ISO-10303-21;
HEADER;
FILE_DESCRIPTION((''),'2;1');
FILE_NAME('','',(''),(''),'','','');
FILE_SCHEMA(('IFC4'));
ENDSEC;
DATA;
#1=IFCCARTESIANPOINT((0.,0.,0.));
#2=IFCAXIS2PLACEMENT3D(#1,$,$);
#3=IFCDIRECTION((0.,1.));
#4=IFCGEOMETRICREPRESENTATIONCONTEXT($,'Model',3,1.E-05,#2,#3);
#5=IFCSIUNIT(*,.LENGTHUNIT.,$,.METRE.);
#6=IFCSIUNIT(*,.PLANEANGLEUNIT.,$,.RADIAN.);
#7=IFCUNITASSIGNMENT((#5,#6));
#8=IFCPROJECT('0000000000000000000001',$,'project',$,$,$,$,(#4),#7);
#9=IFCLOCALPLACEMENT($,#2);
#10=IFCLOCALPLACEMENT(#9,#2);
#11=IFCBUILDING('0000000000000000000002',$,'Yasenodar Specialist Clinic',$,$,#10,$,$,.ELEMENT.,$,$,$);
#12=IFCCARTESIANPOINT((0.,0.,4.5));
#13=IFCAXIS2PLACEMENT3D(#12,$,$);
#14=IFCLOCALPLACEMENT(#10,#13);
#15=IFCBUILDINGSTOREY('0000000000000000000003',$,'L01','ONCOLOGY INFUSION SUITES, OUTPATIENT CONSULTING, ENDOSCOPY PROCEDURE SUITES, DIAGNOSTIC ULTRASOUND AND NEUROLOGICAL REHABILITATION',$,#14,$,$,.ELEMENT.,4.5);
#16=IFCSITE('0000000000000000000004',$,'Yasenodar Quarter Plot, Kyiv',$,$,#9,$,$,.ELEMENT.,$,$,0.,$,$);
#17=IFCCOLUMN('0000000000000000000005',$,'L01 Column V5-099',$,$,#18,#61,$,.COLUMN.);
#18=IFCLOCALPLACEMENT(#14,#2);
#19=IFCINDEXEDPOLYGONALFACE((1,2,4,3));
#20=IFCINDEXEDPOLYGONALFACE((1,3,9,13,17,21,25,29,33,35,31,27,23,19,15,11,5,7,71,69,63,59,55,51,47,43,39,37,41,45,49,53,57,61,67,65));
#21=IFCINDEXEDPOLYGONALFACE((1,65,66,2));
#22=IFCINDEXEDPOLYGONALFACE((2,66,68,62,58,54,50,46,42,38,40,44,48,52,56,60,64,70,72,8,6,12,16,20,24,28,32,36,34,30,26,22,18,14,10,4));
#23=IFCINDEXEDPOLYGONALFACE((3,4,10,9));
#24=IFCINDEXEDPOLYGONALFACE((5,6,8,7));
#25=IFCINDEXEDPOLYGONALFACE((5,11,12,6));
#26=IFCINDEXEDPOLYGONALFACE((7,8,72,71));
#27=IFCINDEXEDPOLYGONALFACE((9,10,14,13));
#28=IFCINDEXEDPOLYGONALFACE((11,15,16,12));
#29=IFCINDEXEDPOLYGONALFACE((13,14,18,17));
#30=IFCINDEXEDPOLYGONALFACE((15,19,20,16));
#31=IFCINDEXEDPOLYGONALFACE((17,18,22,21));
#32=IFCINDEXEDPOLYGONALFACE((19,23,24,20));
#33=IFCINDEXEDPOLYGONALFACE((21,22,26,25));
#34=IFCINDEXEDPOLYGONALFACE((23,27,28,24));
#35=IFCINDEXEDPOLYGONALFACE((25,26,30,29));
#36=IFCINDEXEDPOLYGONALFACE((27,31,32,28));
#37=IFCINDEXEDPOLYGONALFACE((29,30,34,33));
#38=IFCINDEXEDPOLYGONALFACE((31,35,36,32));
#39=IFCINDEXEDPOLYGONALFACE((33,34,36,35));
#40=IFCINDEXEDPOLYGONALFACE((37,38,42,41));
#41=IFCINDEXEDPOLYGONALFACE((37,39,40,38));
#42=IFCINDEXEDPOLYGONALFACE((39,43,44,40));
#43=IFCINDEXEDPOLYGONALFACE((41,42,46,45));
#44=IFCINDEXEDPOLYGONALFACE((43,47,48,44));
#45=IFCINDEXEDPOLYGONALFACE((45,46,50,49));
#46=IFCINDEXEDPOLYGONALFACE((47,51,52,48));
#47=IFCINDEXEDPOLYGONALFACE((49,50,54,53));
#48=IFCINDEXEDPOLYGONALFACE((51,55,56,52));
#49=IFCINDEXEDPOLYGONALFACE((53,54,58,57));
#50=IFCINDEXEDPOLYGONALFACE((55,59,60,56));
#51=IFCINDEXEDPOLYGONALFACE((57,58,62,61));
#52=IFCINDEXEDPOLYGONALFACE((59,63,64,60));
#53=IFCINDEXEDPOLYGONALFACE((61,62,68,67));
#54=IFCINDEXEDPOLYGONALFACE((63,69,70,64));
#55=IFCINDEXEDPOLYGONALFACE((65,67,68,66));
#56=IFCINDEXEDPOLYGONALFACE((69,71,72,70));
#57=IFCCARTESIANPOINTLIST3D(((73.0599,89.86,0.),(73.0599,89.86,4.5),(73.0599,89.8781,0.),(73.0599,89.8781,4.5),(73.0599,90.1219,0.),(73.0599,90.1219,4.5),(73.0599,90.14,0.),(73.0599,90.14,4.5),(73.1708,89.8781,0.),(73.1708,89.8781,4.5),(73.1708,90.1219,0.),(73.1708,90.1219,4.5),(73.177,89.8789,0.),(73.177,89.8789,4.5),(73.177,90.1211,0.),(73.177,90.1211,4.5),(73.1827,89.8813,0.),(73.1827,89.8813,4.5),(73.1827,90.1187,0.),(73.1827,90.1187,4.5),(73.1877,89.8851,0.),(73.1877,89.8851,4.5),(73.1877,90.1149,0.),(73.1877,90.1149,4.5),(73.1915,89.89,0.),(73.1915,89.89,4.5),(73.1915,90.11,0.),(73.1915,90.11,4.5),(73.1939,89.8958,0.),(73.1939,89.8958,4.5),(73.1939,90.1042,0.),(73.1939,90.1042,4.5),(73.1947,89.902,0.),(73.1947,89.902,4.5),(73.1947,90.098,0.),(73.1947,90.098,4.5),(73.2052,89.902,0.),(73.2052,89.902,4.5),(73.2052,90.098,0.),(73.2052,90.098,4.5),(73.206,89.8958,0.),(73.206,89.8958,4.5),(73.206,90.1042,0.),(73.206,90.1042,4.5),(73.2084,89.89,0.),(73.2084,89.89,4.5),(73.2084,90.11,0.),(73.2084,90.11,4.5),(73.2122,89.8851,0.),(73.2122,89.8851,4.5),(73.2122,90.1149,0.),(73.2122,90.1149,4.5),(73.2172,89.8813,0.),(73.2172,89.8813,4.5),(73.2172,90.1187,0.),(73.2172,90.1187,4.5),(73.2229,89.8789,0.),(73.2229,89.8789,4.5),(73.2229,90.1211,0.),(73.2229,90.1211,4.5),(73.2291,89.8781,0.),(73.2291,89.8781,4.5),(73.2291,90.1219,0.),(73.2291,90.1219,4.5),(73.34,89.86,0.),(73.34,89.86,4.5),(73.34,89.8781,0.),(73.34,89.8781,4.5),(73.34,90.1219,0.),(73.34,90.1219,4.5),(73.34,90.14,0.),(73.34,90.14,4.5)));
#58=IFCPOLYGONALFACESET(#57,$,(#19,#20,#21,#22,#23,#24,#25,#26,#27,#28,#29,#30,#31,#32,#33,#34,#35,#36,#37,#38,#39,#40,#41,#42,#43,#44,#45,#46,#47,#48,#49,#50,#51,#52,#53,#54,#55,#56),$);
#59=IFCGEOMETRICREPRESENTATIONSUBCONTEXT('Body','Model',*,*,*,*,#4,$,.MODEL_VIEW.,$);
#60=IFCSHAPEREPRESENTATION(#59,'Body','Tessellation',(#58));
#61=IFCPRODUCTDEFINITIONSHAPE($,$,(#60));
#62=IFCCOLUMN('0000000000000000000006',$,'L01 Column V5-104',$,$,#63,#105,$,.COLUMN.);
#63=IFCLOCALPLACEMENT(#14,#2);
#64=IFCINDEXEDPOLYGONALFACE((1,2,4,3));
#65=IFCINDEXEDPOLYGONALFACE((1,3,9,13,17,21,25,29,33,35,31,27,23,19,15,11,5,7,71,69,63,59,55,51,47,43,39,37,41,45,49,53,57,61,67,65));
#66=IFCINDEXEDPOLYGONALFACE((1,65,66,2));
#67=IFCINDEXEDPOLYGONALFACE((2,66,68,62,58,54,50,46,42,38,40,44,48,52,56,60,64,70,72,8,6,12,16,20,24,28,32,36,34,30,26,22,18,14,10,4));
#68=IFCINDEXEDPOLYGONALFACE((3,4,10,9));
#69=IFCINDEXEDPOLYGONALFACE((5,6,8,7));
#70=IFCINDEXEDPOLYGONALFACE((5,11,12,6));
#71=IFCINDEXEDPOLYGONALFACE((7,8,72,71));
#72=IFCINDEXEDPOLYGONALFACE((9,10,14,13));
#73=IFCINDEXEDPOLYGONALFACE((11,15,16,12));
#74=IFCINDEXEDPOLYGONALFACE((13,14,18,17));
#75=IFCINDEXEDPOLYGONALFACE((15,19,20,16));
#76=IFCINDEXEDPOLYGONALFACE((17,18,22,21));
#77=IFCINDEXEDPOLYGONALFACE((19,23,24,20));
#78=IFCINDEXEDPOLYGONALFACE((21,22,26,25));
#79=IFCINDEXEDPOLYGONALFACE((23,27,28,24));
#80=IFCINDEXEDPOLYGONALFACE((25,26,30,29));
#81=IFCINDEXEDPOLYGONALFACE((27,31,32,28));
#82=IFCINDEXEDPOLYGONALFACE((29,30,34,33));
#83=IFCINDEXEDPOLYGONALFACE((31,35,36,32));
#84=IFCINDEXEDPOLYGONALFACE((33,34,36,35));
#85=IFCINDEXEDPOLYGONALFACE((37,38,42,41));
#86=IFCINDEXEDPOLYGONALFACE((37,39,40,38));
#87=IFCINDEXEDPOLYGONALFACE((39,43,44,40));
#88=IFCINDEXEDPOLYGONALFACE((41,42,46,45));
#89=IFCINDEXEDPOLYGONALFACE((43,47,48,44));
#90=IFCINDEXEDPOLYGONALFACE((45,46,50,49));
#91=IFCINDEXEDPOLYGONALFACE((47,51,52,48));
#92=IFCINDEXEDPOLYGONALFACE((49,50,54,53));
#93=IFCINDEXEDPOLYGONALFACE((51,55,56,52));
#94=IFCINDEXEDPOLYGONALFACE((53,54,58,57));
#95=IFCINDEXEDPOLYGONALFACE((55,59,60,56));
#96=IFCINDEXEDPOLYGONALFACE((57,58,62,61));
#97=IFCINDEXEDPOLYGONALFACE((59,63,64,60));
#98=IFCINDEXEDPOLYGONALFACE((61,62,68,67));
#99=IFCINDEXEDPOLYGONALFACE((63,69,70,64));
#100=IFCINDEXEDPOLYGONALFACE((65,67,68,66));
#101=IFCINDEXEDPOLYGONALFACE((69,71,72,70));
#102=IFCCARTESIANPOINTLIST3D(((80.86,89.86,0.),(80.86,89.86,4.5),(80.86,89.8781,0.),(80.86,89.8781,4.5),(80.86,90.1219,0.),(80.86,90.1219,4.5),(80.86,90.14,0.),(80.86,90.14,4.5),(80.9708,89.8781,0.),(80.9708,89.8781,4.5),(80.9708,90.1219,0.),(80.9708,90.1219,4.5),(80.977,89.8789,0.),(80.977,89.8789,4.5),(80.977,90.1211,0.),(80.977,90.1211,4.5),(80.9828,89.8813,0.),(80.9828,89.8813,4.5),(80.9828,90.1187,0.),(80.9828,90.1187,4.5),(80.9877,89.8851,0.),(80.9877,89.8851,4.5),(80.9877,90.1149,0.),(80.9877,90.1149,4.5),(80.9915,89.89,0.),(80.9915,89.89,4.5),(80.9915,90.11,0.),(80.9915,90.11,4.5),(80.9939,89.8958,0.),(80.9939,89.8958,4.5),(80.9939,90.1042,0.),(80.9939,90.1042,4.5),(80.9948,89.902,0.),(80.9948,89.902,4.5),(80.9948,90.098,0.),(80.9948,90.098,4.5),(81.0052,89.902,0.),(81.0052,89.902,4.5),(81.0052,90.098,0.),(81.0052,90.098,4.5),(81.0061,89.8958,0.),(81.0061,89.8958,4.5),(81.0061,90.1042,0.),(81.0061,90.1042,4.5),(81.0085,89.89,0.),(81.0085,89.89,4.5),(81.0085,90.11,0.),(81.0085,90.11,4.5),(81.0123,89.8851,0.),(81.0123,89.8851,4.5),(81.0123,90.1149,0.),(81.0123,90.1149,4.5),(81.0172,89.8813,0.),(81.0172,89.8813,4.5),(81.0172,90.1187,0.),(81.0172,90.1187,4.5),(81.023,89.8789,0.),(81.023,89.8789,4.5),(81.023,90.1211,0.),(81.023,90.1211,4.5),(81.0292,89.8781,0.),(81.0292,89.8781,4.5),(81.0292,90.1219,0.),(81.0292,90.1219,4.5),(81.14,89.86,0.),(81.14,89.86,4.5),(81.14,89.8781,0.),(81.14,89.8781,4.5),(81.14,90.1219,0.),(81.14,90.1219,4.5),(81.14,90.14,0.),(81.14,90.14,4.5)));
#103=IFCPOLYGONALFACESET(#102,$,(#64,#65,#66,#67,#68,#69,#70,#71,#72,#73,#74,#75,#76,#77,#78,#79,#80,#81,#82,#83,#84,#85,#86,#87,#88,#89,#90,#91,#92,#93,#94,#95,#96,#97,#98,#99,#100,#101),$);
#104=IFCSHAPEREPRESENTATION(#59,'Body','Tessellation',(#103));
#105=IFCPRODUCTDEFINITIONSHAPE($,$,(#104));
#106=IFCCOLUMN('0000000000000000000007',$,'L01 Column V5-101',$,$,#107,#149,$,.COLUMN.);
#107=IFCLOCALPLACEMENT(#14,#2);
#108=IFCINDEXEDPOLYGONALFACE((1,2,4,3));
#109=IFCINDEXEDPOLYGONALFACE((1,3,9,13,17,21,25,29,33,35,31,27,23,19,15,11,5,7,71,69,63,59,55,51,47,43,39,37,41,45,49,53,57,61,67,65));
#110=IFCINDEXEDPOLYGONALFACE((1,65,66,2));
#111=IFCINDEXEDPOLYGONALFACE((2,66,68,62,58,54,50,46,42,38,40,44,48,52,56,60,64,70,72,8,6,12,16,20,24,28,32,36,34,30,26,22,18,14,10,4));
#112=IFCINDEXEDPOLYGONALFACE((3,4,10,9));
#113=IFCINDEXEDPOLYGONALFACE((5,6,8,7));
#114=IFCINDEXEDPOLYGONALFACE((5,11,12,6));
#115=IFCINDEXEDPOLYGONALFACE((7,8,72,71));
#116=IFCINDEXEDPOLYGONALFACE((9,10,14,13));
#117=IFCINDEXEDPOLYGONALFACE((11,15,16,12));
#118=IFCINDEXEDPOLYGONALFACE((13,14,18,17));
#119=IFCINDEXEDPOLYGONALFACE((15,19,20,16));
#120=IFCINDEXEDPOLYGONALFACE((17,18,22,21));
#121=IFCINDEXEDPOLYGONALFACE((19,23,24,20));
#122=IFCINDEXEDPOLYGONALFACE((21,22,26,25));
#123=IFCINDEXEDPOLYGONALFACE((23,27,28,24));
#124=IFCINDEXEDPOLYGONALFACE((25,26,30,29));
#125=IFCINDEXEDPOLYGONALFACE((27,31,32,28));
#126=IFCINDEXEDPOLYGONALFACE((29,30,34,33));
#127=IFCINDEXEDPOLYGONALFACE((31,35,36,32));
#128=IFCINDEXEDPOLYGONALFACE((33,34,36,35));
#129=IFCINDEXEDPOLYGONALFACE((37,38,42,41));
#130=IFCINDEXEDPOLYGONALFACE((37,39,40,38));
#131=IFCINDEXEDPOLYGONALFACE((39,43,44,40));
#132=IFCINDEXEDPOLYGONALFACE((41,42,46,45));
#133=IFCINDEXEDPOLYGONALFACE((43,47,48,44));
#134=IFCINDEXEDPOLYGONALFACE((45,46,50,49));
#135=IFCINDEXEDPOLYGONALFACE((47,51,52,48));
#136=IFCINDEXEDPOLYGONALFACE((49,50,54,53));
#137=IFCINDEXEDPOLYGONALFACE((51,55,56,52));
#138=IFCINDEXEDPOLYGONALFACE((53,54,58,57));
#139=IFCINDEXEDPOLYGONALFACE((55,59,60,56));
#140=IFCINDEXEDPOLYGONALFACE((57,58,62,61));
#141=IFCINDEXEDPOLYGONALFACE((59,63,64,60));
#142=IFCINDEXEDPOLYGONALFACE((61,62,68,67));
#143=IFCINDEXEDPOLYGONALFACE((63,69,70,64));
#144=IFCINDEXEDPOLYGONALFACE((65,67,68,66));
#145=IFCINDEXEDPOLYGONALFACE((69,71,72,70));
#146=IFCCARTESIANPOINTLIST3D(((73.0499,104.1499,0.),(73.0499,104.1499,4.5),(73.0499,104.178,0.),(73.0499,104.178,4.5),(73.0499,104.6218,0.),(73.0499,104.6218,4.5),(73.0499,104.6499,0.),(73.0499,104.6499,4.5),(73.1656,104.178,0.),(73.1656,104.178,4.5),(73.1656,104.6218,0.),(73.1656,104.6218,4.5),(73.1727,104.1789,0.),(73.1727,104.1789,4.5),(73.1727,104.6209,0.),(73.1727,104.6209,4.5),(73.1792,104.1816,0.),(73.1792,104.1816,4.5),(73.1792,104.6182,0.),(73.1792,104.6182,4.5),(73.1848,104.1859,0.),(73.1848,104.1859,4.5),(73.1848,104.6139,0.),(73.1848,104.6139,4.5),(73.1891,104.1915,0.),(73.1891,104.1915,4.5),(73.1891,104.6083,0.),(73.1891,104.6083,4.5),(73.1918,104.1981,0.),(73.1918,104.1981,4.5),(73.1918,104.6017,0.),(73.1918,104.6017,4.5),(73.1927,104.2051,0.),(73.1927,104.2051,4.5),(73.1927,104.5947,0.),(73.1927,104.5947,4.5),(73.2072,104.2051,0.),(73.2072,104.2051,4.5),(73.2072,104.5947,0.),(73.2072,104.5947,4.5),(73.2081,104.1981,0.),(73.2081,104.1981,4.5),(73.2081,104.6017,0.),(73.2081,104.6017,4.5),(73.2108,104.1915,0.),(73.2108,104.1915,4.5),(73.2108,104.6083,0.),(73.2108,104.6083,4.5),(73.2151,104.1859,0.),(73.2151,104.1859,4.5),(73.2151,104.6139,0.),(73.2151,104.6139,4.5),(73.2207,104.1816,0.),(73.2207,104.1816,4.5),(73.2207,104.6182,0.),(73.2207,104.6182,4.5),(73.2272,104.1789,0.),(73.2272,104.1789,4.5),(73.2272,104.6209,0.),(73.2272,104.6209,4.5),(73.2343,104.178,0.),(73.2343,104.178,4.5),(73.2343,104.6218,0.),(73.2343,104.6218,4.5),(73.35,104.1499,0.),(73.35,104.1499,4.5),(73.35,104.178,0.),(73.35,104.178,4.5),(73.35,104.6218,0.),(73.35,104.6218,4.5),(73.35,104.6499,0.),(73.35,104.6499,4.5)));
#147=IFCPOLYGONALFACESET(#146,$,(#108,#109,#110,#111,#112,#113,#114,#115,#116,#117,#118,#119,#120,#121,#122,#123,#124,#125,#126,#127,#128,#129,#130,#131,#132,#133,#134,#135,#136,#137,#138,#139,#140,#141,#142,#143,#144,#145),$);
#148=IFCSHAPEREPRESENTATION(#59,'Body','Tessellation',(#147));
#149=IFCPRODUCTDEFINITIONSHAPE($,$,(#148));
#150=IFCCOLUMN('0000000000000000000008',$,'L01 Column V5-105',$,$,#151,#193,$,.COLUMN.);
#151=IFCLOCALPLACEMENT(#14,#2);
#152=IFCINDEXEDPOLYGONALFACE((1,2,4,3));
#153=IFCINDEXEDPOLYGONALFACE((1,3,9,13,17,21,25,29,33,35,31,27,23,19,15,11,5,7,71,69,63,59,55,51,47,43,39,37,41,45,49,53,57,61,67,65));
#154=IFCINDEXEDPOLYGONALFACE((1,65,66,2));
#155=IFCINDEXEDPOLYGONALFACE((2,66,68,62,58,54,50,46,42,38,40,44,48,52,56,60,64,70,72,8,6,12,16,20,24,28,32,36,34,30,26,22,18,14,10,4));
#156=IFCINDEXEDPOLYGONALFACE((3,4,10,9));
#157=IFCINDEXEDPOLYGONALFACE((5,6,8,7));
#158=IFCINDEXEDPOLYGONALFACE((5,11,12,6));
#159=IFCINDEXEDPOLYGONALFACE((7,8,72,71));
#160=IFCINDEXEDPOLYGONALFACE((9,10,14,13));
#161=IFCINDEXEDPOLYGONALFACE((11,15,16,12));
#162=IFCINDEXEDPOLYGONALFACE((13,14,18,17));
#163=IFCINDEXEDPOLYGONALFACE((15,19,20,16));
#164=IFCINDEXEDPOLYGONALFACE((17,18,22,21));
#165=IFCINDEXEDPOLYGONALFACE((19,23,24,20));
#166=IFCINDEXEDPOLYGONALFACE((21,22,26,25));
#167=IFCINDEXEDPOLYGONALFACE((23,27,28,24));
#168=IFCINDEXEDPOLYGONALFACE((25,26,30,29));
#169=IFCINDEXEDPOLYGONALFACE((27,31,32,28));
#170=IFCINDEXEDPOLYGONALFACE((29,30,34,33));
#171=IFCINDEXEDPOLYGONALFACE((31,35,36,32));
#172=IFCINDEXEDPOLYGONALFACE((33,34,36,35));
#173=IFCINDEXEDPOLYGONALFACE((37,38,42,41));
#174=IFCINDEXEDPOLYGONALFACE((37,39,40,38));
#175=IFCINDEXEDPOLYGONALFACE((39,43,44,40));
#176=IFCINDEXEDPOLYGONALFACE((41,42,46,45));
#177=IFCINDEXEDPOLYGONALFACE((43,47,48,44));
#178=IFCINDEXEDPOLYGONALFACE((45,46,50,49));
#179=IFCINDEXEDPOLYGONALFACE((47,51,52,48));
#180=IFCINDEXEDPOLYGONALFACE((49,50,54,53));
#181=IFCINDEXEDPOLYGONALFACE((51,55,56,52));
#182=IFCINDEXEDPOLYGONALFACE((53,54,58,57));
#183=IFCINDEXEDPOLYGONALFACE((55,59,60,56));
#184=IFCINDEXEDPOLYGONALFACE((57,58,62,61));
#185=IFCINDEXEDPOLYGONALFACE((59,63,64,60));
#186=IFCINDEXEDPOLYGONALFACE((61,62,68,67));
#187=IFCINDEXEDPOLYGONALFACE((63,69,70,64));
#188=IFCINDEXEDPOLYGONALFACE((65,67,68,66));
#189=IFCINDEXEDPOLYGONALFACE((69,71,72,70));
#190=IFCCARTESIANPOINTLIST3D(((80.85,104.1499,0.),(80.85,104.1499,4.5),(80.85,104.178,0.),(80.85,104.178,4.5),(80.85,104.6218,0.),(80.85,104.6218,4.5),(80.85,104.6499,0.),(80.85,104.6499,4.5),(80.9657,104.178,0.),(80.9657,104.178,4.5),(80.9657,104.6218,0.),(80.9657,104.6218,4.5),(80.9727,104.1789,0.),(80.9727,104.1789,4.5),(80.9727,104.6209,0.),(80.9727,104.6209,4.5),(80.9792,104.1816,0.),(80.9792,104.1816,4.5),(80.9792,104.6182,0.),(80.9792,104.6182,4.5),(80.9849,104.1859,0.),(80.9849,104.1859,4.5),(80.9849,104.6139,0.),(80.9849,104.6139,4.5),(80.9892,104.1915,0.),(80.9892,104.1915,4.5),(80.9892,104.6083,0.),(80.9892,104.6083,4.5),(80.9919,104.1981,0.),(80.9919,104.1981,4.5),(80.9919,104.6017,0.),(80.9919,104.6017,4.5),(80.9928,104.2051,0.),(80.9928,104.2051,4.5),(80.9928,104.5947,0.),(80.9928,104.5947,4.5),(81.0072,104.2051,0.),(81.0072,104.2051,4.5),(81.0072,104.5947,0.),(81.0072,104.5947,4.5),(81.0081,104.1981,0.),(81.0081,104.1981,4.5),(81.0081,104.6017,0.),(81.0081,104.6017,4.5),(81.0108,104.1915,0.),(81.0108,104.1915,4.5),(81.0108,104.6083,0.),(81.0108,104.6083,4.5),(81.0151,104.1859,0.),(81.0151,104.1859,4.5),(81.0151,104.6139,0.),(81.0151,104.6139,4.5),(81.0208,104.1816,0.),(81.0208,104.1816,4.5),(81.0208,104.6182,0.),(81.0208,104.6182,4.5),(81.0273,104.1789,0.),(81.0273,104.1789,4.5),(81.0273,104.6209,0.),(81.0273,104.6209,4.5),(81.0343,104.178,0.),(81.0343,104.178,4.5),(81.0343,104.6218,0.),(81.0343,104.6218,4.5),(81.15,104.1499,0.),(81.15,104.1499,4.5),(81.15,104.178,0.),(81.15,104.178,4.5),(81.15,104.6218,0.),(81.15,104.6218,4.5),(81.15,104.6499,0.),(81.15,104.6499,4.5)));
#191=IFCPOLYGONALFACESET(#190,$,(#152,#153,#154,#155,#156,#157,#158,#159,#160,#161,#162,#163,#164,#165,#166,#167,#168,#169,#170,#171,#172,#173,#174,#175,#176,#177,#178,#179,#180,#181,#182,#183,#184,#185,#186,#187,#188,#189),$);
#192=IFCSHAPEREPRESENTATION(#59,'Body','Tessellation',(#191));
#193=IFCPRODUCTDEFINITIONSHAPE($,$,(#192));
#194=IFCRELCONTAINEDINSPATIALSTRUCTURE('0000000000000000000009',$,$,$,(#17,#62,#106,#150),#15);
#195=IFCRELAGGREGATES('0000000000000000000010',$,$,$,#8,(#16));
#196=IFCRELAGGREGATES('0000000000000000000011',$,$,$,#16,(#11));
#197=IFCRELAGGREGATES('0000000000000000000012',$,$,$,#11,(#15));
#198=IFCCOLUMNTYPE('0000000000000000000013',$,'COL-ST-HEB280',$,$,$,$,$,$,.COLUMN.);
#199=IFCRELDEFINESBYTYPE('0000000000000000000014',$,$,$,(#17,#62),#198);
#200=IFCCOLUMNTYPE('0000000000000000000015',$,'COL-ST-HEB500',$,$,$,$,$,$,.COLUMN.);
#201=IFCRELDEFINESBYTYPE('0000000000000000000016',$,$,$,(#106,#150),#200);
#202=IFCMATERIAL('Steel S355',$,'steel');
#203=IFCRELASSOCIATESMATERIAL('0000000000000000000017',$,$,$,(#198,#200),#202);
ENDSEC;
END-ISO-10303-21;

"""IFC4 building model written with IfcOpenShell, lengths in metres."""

from ifc_helpers import new_model, si_unit, direction, frame, origin, origin_2d, place, context, subcontext, project, spatial, i_section, extrude, material, material_profile, profile_set, type_object, element, save


model = new_model("IFC4")

# Units and contexts
model_context = context("Model", 3, precision=1e-05, world=origin(), true_north=direction((0.0, 1.0)))
body_context = subcontext(model_context, "Body", "Model", "MODEL_VIEW")
ifc_project = project(units=[si_unit("LENGTHUNIT", "METRE"), si_unit("PLANEANGLEUNIT", "RADIAN")], contexts=[model_context])

# Site, building, storey
site_placement = place(None, origin())
site = spatial("IfcSite", under=ifc_project, at=site_placement, Name="Yasenodar Quarter Plot, Kyiv", CompositionType="ELEMENT", RefElevation=0.0)
building_placement = place(site_placement, origin())
building = spatial("IfcBuilding", under=site, at=building_placement, Name="Yasenodar Specialist Clinic", CompositionType="ELEMENT")
storey_placement = place(building_placement, frame((0.0, 0.0, 4.5)))
storey = spatial("IfcBuildingStorey", under=building, at=storey_placement, Name="L01", Description="ONCOLOGY INFUSION SUITES, OUTPATIENT CONSULTING, ENDOSCOPY PROCEDURE SUITES, DIAGNOSTIC ULTRASOUND AND NEUROLOGICAL REHABILITATION", CompositionType="ELEMENT", Elevation=4.5)

# Columns
ifc_material_1 = material(Name="Steel S355", Category="steel")
ifc_material_profile_1 = material_profile(ifc_material_1, i_section(OverallWidth=0.28, OverallDepth=0.28, WebThickness=0.0105, FlangeThickness=0.0181, FilletRadius=0.0239, at=origin_2d()), Name="HEB 280")
ifc_profile_set_1 = profile_set([ifc_material_profile_1], Name="Steel S355")
column_type_1 = type_object("IfcColumnType", Name="COL-ST-HEB280", PredefinedType="COLUMN", material=ifc_profile_set_1)
for number, where, z_axis, x_axis, name in (
    (1, (73.2, 90.0, 0.0), (0.0, 0.0, 1.0), (1.0, 0.0, 0.0), "L01 Column V5-099"),
    (2, (81.0, 90.0, 0.0), (0.0, 0.0, 1.0), (1.0, 0.0, 0.0), "L01 Column V5-104"),
):
    element("IfcColumn", number, at=place(storey_placement, frame(where, z_axis=z_axis, x_axis=x_axis)), inside=storey, type_object=column_type_1, Name=name, PredefinedType="COLUMN", context=body_context, shape_type="SweptSolid", body=[
        extrude(i_section(OverallWidth=0.28, OverallDepth=0.28, WebThickness=0.0105, FlangeThickness=0.0181, FilletRadius=0.0239, at=origin_2d()), origin(), (0.0, 0.0, 1.0), 4.5),
    ])
ifc_material_profile_2 = material_profile(ifc_material_1, i_section(OverallWidth=0.3, OverallDepth=0.5, WebThickness=0.0144, FlangeThickness=0.0281, FilletRadius=0.0271, at=origin_2d()), Name="HEB 500")
ifc_profile_set_2 = profile_set([ifc_material_profile_2], Name="Steel S355")
column_type_2 = type_object("IfcColumnType", Name="COL-ST-HEB500", PredefinedType="COLUMN", material=ifc_profile_set_2)
for number, where, z_axis, x_axis, name in (
    (3, (73.2, 104.3999, 0.0), (0.0, 0.0, 1.0), (1.0, 0.0, 0.0), "L01 Column V5-101"),
    (4, (81.0, 104.3999, 0.0), (0.0, 0.0, 1.0), (1.0, 0.0, 0.0), "L01 Column V5-105"),
):
    element("IfcColumn", number, at=place(storey_placement, frame(where, z_axis=z_axis, x_axis=x_axis)), inside=storey, type_object=column_type_2, Name=name, PredefinedType="COLUMN", context=body_context, shape_type="SweptSolid", body=[
        extrude(i_section(OverallWidth=0.3, OverallDepth=0.5, WebThickness=0.0144, FlangeThickness=0.0281, FilletRadius=0.0271, at=origin_2d()), origin(), (0.0, 0.0, 1.0), 4.5),
    ])

save(model, "model.ifc")
